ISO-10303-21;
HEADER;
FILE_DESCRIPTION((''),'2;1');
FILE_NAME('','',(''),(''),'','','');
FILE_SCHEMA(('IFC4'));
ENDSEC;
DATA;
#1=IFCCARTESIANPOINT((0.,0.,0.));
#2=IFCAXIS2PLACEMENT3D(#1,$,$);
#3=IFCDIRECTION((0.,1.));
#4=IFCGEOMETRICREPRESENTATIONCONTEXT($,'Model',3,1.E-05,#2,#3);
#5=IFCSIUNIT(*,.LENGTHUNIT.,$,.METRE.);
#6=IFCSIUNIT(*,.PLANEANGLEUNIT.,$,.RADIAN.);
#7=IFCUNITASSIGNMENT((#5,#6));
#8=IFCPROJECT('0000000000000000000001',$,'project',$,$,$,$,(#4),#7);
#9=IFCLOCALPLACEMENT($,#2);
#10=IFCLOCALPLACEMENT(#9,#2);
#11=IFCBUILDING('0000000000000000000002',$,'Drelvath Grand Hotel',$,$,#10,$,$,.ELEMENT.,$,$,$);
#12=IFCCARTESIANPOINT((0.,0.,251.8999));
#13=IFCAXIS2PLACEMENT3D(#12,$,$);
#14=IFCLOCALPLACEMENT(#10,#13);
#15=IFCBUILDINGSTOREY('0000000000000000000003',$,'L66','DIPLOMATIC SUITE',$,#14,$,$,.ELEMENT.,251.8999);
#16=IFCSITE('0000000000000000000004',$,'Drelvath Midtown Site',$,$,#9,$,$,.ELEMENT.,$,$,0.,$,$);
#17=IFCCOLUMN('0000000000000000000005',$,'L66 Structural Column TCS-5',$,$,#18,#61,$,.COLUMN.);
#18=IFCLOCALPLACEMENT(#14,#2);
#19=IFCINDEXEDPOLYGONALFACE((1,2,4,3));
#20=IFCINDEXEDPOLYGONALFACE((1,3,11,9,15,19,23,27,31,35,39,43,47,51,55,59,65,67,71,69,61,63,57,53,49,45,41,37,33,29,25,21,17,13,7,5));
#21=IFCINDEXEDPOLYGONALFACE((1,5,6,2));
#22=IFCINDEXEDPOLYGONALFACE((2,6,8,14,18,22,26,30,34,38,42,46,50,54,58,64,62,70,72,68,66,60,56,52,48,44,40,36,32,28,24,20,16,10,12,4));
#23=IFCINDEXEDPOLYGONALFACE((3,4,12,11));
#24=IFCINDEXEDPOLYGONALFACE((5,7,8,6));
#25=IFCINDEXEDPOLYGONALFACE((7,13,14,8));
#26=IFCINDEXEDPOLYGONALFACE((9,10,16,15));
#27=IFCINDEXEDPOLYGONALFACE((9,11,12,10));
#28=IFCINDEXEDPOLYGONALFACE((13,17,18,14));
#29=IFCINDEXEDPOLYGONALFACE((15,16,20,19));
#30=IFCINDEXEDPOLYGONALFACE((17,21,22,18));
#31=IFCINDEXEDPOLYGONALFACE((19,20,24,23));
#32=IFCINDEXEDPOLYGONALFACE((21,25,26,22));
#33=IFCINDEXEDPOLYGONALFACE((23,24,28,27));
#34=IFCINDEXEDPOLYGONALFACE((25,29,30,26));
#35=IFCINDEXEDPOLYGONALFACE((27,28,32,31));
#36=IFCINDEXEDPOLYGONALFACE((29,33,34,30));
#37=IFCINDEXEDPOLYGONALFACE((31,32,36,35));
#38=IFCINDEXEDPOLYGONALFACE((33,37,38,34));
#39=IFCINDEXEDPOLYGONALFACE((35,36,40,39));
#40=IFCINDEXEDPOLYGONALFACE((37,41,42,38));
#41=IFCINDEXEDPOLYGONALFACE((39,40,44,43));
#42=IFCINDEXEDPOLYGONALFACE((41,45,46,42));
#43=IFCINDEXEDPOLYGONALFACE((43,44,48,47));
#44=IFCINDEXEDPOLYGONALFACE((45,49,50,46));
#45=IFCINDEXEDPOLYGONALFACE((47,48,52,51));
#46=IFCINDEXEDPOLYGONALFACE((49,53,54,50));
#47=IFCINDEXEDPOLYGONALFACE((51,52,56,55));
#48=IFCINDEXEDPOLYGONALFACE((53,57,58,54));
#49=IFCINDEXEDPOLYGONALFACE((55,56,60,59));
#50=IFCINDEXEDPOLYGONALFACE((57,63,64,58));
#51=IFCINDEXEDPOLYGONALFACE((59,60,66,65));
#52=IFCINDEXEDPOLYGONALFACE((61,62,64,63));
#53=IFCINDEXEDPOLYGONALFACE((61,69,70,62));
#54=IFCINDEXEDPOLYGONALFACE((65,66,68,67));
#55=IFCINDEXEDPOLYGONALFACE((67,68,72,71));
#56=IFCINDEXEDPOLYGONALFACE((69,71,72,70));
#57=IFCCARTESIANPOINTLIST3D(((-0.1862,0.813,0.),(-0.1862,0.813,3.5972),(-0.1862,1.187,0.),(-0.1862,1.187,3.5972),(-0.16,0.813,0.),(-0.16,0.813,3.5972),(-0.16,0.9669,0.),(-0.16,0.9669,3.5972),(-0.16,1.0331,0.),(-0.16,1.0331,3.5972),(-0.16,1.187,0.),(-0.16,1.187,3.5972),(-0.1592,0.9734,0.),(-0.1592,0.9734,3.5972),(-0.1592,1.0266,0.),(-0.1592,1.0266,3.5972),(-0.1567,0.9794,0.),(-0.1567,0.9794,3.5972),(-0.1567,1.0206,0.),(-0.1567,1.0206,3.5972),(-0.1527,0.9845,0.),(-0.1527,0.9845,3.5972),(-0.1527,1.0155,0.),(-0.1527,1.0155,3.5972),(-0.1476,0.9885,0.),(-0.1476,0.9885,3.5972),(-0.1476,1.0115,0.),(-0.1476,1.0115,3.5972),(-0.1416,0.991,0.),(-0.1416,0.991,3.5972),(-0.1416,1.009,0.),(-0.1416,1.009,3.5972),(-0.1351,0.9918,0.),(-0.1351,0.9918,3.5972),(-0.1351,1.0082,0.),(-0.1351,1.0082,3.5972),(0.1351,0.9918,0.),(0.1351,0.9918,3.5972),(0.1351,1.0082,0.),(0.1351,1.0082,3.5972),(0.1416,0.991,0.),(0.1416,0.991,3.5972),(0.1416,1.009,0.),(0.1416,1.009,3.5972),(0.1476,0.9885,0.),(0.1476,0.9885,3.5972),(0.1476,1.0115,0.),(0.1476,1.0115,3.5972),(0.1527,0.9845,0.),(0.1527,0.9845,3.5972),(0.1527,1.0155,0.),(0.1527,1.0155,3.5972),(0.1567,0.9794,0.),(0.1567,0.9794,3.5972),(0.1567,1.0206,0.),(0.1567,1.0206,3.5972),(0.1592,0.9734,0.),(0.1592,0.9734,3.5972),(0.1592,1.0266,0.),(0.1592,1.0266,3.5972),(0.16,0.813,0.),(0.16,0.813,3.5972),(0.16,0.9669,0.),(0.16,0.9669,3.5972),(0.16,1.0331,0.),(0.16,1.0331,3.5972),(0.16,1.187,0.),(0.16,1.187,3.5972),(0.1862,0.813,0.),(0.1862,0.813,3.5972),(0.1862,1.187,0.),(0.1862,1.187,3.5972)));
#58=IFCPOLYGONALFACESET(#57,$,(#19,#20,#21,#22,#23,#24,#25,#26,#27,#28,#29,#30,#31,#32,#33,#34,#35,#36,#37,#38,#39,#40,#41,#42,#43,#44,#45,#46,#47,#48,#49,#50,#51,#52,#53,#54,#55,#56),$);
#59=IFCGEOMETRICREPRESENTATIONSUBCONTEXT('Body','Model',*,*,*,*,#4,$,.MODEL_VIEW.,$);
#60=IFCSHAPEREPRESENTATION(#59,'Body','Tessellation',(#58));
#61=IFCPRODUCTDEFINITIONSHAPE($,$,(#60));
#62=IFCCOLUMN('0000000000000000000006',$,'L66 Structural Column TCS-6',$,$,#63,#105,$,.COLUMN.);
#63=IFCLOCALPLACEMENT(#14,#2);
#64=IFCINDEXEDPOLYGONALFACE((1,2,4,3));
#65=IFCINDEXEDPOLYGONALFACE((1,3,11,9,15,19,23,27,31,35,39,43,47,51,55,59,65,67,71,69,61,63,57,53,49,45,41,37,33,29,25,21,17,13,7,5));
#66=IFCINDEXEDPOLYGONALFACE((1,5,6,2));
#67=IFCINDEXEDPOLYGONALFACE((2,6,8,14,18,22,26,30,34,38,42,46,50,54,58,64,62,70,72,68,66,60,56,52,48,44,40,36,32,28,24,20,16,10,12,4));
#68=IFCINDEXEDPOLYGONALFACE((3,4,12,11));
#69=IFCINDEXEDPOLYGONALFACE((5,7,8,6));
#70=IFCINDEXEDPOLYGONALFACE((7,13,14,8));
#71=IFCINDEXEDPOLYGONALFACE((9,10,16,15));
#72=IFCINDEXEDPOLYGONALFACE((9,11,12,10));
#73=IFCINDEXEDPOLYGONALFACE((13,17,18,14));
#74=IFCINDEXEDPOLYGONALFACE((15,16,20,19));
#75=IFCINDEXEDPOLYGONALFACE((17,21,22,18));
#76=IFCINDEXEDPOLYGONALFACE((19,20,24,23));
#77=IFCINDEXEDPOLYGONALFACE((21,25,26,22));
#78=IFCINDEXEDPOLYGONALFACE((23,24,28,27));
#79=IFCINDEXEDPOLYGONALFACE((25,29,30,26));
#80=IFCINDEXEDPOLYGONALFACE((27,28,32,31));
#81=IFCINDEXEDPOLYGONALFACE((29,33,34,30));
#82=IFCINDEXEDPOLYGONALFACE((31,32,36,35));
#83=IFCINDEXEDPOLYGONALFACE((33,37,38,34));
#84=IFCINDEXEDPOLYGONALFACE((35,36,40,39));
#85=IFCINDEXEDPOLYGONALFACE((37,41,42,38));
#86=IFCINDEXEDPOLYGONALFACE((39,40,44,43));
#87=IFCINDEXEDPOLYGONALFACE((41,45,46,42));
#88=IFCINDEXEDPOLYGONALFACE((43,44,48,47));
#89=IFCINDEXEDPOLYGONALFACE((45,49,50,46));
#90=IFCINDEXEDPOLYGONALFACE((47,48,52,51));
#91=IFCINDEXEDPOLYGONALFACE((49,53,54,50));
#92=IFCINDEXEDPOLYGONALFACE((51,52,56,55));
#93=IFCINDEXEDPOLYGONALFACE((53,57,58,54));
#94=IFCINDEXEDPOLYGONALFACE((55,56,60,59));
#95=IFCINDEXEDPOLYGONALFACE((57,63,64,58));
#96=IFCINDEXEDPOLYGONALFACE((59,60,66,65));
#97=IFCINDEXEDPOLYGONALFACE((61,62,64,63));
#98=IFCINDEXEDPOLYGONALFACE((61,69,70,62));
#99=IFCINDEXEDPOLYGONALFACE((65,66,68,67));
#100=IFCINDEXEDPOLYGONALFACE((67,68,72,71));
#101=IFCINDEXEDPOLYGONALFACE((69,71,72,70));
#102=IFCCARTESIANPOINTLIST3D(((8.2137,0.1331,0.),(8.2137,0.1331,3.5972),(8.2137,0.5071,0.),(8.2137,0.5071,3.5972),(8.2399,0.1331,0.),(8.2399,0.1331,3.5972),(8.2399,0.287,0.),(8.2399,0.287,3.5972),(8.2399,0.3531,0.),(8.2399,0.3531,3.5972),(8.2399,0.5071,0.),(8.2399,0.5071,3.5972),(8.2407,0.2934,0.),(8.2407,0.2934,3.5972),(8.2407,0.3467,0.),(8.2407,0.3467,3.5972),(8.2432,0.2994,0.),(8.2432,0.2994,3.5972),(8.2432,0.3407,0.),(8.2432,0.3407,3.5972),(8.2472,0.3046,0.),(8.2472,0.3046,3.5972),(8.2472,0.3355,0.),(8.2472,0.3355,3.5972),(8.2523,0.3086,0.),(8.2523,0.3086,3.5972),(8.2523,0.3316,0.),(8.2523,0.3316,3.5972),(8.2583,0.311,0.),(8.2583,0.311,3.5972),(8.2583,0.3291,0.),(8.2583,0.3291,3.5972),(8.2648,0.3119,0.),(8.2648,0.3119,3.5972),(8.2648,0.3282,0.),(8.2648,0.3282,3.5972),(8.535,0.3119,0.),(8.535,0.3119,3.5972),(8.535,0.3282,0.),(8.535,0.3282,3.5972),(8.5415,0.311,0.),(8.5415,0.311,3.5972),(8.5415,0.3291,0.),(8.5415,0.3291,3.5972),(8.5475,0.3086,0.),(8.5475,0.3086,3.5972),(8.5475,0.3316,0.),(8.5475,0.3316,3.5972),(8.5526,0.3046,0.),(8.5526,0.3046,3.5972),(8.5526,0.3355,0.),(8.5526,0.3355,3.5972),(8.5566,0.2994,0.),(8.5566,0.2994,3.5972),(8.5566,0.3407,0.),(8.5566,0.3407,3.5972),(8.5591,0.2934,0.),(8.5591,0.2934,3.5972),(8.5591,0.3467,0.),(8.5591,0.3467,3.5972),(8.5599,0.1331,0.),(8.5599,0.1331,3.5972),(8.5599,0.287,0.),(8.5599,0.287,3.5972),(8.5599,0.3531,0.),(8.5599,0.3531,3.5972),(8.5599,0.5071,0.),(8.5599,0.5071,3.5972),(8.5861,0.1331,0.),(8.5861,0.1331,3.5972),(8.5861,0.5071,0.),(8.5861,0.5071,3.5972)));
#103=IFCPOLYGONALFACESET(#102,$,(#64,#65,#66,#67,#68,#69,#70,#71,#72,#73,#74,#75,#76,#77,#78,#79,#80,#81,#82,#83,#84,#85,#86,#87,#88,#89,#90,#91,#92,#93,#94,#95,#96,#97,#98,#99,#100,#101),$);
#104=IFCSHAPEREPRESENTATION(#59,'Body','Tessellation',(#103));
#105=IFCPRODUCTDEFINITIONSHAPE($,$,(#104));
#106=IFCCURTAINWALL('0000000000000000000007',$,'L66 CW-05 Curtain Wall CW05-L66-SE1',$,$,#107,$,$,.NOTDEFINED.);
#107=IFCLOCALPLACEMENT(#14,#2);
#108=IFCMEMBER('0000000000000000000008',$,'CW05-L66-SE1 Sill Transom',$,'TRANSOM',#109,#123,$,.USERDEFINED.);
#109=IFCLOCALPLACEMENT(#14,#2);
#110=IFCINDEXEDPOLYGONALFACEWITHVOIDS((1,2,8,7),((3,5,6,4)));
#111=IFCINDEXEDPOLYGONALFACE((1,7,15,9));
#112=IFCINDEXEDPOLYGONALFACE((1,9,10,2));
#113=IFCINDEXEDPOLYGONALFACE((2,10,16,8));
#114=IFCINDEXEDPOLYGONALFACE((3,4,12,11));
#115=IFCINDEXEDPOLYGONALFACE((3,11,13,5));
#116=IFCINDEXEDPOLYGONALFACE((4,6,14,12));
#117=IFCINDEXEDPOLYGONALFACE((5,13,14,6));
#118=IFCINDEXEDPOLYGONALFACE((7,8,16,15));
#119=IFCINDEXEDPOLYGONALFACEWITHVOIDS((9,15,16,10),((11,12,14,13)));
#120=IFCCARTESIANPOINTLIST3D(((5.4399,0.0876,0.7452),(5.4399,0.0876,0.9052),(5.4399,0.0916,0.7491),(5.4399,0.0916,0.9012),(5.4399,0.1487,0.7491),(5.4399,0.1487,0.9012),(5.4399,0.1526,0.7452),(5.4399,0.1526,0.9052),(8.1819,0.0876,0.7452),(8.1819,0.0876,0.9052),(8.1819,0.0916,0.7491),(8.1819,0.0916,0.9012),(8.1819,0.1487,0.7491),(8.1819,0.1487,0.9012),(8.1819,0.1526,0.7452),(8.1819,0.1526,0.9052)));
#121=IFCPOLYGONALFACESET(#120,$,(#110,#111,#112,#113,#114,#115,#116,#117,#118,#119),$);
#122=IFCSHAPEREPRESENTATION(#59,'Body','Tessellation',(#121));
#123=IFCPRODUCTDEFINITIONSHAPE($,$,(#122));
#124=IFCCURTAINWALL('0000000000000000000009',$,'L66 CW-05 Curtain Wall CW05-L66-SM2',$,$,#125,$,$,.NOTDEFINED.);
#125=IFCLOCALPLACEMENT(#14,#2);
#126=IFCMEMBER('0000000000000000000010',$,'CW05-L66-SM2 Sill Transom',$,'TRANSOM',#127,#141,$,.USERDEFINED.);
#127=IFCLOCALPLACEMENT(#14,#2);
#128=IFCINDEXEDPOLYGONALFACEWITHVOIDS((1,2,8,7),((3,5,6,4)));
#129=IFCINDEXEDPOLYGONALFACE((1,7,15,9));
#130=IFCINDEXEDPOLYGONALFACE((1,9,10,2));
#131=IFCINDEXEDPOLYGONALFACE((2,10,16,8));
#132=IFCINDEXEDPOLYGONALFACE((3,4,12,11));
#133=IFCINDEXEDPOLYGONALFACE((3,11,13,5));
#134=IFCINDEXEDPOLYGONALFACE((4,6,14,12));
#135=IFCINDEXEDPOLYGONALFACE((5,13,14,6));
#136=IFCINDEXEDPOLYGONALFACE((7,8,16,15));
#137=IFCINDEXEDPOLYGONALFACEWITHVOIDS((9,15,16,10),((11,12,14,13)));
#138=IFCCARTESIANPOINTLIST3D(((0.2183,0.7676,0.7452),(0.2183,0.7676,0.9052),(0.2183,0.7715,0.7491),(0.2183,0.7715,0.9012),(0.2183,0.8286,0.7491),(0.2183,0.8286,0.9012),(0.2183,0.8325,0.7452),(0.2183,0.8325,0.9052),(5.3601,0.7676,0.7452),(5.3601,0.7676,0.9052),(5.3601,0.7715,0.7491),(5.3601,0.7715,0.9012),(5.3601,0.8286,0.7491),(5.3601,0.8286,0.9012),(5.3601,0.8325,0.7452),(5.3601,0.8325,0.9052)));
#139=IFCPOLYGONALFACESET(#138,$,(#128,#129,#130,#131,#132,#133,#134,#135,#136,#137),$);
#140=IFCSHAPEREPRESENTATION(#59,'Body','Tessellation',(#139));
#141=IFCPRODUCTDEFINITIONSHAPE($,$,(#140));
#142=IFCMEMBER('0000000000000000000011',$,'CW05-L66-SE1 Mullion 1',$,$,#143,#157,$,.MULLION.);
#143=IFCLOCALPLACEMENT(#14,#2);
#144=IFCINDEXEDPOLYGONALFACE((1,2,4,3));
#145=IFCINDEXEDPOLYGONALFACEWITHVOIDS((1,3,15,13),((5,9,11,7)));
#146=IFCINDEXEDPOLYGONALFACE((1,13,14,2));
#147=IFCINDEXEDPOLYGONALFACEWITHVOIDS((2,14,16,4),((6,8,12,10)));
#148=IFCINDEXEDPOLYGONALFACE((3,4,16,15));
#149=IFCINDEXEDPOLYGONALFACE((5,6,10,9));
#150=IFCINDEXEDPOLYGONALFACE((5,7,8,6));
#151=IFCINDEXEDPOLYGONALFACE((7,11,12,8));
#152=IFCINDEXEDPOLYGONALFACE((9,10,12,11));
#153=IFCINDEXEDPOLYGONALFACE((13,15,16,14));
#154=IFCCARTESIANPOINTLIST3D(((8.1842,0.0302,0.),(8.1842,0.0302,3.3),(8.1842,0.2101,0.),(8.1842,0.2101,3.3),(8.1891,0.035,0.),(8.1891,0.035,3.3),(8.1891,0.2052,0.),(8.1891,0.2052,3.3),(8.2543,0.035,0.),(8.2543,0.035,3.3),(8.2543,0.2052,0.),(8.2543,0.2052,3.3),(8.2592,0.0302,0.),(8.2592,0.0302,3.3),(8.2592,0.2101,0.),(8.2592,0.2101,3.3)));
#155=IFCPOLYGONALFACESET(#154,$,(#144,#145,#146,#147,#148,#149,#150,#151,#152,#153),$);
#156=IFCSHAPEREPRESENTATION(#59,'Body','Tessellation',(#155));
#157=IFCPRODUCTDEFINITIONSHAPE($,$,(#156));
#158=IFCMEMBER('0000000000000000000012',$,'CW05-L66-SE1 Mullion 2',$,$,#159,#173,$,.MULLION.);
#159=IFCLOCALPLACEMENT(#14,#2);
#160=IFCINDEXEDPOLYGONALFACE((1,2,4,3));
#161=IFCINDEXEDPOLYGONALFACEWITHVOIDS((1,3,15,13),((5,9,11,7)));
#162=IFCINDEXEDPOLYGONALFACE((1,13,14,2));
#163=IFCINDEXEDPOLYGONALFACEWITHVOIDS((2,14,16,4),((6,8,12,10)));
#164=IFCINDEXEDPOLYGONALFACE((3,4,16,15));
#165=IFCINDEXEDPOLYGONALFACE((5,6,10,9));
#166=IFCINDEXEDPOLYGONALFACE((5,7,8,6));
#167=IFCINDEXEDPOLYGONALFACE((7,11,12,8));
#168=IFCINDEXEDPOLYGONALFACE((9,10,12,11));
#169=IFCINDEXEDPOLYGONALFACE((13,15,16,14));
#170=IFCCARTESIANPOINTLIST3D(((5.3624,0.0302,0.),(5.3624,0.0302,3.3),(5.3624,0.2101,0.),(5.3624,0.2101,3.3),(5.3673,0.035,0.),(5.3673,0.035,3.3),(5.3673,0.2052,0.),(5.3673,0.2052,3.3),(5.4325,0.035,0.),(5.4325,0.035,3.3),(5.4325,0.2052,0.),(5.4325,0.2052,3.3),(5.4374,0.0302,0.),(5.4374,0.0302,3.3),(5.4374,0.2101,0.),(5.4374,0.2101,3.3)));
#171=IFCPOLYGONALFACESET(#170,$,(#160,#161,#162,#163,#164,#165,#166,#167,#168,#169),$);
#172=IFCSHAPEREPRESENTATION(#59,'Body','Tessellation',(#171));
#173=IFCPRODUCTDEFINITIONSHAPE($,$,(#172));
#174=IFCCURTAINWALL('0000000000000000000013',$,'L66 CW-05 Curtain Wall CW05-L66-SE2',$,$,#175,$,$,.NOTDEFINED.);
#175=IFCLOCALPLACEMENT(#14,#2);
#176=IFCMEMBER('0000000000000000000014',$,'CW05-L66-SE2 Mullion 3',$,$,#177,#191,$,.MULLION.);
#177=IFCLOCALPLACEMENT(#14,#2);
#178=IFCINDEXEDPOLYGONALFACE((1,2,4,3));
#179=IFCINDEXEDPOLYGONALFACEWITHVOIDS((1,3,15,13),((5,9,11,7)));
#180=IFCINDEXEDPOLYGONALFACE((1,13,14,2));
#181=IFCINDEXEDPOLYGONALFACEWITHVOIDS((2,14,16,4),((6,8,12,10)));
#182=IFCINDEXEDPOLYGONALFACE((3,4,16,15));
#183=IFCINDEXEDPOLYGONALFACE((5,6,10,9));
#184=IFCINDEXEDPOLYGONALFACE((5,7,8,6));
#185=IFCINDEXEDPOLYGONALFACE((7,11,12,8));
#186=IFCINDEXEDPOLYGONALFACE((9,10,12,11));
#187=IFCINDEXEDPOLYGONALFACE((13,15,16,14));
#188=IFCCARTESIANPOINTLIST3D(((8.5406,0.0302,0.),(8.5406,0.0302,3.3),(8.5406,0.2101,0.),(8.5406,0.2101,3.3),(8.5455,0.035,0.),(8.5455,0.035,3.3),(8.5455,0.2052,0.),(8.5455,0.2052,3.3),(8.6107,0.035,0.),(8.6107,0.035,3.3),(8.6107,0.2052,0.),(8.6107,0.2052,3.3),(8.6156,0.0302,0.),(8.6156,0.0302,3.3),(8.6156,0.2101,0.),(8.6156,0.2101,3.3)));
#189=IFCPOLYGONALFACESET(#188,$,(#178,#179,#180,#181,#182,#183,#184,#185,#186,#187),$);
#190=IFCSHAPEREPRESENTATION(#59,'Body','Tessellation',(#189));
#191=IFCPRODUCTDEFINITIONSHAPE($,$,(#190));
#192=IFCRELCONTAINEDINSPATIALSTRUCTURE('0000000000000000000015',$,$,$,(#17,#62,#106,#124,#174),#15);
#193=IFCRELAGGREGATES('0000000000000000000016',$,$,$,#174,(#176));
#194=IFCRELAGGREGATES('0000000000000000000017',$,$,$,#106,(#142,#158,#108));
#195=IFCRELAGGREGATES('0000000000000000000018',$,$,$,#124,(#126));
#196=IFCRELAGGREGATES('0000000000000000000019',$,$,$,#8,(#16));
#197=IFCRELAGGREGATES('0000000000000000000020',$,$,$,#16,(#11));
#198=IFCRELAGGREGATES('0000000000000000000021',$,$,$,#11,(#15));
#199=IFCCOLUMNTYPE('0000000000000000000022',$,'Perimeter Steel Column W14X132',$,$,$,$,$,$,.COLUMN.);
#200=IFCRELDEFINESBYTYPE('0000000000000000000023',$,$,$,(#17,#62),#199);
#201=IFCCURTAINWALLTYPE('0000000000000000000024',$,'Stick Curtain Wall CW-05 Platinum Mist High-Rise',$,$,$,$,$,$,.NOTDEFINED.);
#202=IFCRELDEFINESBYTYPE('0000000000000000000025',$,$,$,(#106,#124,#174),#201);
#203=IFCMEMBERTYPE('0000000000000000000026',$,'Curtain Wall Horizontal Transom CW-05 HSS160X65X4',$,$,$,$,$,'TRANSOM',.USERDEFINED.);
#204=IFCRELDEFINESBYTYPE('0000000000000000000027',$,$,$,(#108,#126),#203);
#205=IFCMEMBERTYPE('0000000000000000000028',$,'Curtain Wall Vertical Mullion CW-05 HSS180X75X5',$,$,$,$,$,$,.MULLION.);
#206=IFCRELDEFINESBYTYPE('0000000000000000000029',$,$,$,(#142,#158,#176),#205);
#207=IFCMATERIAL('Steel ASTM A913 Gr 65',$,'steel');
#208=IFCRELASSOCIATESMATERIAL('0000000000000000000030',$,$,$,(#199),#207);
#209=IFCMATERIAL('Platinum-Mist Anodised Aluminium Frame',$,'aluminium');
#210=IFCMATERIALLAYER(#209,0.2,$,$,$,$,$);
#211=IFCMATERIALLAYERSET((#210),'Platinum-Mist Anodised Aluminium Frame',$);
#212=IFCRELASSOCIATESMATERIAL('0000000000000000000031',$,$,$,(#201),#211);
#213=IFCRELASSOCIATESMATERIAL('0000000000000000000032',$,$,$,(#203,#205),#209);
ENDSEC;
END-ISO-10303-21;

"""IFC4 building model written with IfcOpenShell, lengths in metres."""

from ifc_helpers import new_model, si_unit, direction, frame, origin, origin_2d, place, context, subcontext, project, spatial, hollow_rectangle, i_section, extrude, material, layer, layer_set, material_profile, profile_set, type_object, element, aggregate, save


model = new_model("IFC4")

# Units and contexts
model_context = context("Model", 3, precision=1e-05, world=origin(), true_north=direction((0.0, 1.0)))
body_context = subcontext(model_context, "Body", "Model", "MODEL_VIEW")
ifc_project = project(units=[si_unit("LENGTHUNIT", "METRE"), si_unit("PLANEANGLEUNIT", "RADIAN")], contexts=[model_context])

# Site, building, storey
site_placement = place(None, origin())
site = spatial("IfcSite", under=ifc_project, at=site_placement, Name="Drelvath Midtown Site", CompositionType="ELEMENT", RefElevation=0.0)
building_placement = place(site_placement, origin())
building = spatial("IfcBuilding", under=site, at=building_placement, Name="Drelvath Grand Hotel", CompositionType="ELEMENT")
storey_placement = place(building_placement, frame((0.0, 0.0, 251.8999)))
storey = spatial("IfcBuildingStorey", under=building, at=storey_placement, Name="L66", Description="DIPLOMATIC SUITE", CompositionType="ELEMENT", Elevation=251.8999)

# Columns
ifc_material_1 = material(Name="Steel ASTM A913 Gr 65", Category="steel")
ifc_material_profile_1 = material_profile(ifc_material_1, i_section(OverallWidth=0.374, OverallDepth=0.3723, WebThickness=0.0164, FlangeThickness=0.0261, FilletRadius=0.0249, at=origin_2d()), Name="W14X132")
ifc_profile_set_1 = profile_set([ifc_material_profile_1], Name="Steel ASTM A913 Gr 65")
column_type = type_object("IfcColumnType", Name="Perimeter Steel Column W14X132", PredefinedType="COLUMN", material=ifc_profile_set_1)
for number, where, z_axis, x_axis, name in (
    (1, (0.0, 1.0, 0.0), (0.0, 0.0, 1.0), (0.0, 1.0, 0.0), "L66 Structural Column TCS-5"),
    (2, (8.3999, 0.3201, 0.0), (0.0, 0.0, 1.0), (0.0, 1.0, 0.0), "L66 Structural Column TCS-6"),
):
    element("IfcColumn", number, at=place(storey_placement, frame(where, z_axis=z_axis, x_axis=x_axis)), inside=storey, type_object=column_type, Name=name, PredefinedType="COLUMN", context=body_context, shape_type="SweptSolid", body=[
        extrude(i_section(OverallWidth=0.374, OverallDepth=0.3723, WebThickness=0.0164, FlangeThickness=0.0261, FilletRadius=0.0249, at=origin_2d()), origin(), (0.0, 0.0, 1.0), 3.5972),
    ])

# Curtain walls, members
ifc_material_2 = material(Name="Platinum-Mist Anodised Aluminium Frame", Category="aluminium")
ifc_layer_1 = layer(ifc_material_2, 0.2)
ifc_layer_set_1 = layer_set([ifc_layer_1], Name="Platinum-Mist Anodised Aluminium Frame")
curtain_wall_type = type_object("IfcCurtainWallType", Name="Stick Curtain Wall CW-05 Platinum Mist High-Rise", PredefinedType="NOTDEFINED", material=ifc_layer_set_1)
curtain_wall_1_placement = place(storey_placement, origin())
curtain_wall_1 = element("IfcCurtainWall", 3, at=curtain_wall_1_placement, inside=storey, type_object=curtain_wall_type, Name="L66 CW-05 Curtain Wall CW05-L66-SE1", PredefinedType="NOTDEFINED")
ifc_material_profile_2 = material_profile(ifc_material_2, hollow_rectangle(XDim=0.0649, YDim=0.1599, WallThickness=0.0039, at=origin_2d()), Name="HSS160X65X4")
ifc_profile_set_2 = profile_set([ifc_material_profile_2], Name="Platinum-Mist Anodised Aluminium Frame")
member_type_1 = type_object("IfcMemberType", Name="Curtain Wall Horizontal Transom CW-05 HSS160X65X4", ElementType="TRANSOM", PredefinedType="USERDEFINED", material=ifc_profile_set_2)
member_1_placement = place(storey_placement, frame((8.1819, 0.1201, 0.8252), z_axis=(-1.0, 0.0, 0.0), x_axis=(0.0, -1.0, 0.0)))
member_1 = element("IfcMember", 4, at=member_1_placement, type_object=member_type_1, Name="CW05-L66-SE1 Sill Transom", ObjectType="TRANSOM", PredefinedType="USERDEFINED", context=body_context, shape_type="SweptSolid", body=[
    extrude(hollow_rectangle(XDim=0.0649, YDim=0.1599, WallThickness=0.0039, at=origin_2d()), origin(), (0.0, 0.0, 1.0), 2.7419),
])
curtain_wall_2_placement = place(storey_placement, origin())
curtain_wall_2 = element("IfcCurtainWall", 5, at=curtain_wall_2_placement, inside=storey, type_object=curtain_wall_type, Name="L66 CW-05 Curtain Wall CW05-L66-SM2", PredefinedType="NOTDEFINED")
member_2_placement = place(storey_placement, frame((5.3601, 0.8, 0.8252), z_axis=(-1.0, 0.0, 0.0), x_axis=(0.0, -1.0, 0.0)))
member_2 = element("IfcMember", 6, at=member_2_placement, type_object=member_type_1, Name="CW05-L66-SM2 Sill Transom", ObjectType="TRANSOM", PredefinedType="USERDEFINED", context=body_context, shape_type="SweptSolid", body=[
    extrude(hollow_rectangle(XDim=0.0649, YDim=0.1599, WallThickness=0.0039, at=origin_2d()), origin(), (0.0, 0.0, 1.0), 5.1418),
])

# Members
ifc_material_profile_3 = material_profile(ifc_material_2, hollow_rectangle(XDim=0.075, YDim=0.1799, WallThickness=0.0049, at=origin_2d()), Name="HSS180X75X5")
ifc_profile_set_3 = profile_set([ifc_material_profile_3], Name="Platinum-Mist Anodised Aluminium Frame")
member_type_2 = type_object("IfcMemberType", Name="Curtain Wall Vertical Mullion CW-05 HSS180X75X5", PredefinedType="MULLION", material=ifc_profile_set_3)
member_3_placement = place(storey_placement, frame((8.2217, 0.1201, 0.0), z_axis=(0.0, 0.0, 1.0), x_axis=(1.0, 0.0, 0.0)))
member_3 = element("IfcMember", 7, at=member_3_placement, type_object=member_type_2, Name="CW05-L66-SE1 Mullion 1", PredefinedType="MULLION", context=body_context, shape_type="SweptSolid", body=[
    extrude(hollow_rectangle(XDim=0.075, YDim=0.1799, WallThickness=0.0049, at=origin_2d()), origin(), (0.0, 0.0, 1.0), 3.3),
])
member_4_placement = place(storey_placement, frame((5.3999, 0.1201, 0.0), z_axis=(0.0, 0.0, 1.0), x_axis=(1.0, 0.0, 0.0)))
member_4 = element("IfcMember", 8, at=member_4_placement, type_object=member_type_2, Name="CW05-L66-SE1 Mullion 2", PredefinedType="MULLION", context=body_context, shape_type="SweptSolid", body=[
    extrude(hollow_rectangle(XDim=0.075, YDim=0.1799, WallThickness=0.0049, at=origin_2d()), origin(), (0.0, 0.0, 1.0), 3.3),
])

# Curtain wall, member
curtain_wall_3_placement = place(storey_placement, origin())
curtain_wall_3 = element("IfcCurtainWall", 9, at=curtain_wall_3_placement, inside=storey, type_object=curtain_wall_type, Name="L66 CW-05 Curtain Wall CW05-L66-SE2", PredefinedType="NOTDEFINED")
member_5_placement = place(storey_placement, frame((8.5781, 0.1201, 0.0), z_axis=(0.0, 0.0, 1.0), x_axis=(1.0, 0.0, 0.0)))
member_5 = element("IfcMember", 10, at=member_5_placement, type_object=member_type_2, Name="CW05-L66-SE2 Mullion 3", PredefinedType="MULLION", context=body_context, shape_type="SweptSolid", body=[
    extrude(hollow_rectangle(XDim=0.075, YDim=0.1799, WallThickness=0.0049, at=origin_2d()), origin(), (0.0, 0.0, 1.0), 3.3),
])
aggregate(curtain_wall_3, [member_5])

aggregate(curtain_wall_1, [member_3, member_4, member_1])
aggregate(curtain_wall_2, [member_2])

save(model, "model.ifc")
